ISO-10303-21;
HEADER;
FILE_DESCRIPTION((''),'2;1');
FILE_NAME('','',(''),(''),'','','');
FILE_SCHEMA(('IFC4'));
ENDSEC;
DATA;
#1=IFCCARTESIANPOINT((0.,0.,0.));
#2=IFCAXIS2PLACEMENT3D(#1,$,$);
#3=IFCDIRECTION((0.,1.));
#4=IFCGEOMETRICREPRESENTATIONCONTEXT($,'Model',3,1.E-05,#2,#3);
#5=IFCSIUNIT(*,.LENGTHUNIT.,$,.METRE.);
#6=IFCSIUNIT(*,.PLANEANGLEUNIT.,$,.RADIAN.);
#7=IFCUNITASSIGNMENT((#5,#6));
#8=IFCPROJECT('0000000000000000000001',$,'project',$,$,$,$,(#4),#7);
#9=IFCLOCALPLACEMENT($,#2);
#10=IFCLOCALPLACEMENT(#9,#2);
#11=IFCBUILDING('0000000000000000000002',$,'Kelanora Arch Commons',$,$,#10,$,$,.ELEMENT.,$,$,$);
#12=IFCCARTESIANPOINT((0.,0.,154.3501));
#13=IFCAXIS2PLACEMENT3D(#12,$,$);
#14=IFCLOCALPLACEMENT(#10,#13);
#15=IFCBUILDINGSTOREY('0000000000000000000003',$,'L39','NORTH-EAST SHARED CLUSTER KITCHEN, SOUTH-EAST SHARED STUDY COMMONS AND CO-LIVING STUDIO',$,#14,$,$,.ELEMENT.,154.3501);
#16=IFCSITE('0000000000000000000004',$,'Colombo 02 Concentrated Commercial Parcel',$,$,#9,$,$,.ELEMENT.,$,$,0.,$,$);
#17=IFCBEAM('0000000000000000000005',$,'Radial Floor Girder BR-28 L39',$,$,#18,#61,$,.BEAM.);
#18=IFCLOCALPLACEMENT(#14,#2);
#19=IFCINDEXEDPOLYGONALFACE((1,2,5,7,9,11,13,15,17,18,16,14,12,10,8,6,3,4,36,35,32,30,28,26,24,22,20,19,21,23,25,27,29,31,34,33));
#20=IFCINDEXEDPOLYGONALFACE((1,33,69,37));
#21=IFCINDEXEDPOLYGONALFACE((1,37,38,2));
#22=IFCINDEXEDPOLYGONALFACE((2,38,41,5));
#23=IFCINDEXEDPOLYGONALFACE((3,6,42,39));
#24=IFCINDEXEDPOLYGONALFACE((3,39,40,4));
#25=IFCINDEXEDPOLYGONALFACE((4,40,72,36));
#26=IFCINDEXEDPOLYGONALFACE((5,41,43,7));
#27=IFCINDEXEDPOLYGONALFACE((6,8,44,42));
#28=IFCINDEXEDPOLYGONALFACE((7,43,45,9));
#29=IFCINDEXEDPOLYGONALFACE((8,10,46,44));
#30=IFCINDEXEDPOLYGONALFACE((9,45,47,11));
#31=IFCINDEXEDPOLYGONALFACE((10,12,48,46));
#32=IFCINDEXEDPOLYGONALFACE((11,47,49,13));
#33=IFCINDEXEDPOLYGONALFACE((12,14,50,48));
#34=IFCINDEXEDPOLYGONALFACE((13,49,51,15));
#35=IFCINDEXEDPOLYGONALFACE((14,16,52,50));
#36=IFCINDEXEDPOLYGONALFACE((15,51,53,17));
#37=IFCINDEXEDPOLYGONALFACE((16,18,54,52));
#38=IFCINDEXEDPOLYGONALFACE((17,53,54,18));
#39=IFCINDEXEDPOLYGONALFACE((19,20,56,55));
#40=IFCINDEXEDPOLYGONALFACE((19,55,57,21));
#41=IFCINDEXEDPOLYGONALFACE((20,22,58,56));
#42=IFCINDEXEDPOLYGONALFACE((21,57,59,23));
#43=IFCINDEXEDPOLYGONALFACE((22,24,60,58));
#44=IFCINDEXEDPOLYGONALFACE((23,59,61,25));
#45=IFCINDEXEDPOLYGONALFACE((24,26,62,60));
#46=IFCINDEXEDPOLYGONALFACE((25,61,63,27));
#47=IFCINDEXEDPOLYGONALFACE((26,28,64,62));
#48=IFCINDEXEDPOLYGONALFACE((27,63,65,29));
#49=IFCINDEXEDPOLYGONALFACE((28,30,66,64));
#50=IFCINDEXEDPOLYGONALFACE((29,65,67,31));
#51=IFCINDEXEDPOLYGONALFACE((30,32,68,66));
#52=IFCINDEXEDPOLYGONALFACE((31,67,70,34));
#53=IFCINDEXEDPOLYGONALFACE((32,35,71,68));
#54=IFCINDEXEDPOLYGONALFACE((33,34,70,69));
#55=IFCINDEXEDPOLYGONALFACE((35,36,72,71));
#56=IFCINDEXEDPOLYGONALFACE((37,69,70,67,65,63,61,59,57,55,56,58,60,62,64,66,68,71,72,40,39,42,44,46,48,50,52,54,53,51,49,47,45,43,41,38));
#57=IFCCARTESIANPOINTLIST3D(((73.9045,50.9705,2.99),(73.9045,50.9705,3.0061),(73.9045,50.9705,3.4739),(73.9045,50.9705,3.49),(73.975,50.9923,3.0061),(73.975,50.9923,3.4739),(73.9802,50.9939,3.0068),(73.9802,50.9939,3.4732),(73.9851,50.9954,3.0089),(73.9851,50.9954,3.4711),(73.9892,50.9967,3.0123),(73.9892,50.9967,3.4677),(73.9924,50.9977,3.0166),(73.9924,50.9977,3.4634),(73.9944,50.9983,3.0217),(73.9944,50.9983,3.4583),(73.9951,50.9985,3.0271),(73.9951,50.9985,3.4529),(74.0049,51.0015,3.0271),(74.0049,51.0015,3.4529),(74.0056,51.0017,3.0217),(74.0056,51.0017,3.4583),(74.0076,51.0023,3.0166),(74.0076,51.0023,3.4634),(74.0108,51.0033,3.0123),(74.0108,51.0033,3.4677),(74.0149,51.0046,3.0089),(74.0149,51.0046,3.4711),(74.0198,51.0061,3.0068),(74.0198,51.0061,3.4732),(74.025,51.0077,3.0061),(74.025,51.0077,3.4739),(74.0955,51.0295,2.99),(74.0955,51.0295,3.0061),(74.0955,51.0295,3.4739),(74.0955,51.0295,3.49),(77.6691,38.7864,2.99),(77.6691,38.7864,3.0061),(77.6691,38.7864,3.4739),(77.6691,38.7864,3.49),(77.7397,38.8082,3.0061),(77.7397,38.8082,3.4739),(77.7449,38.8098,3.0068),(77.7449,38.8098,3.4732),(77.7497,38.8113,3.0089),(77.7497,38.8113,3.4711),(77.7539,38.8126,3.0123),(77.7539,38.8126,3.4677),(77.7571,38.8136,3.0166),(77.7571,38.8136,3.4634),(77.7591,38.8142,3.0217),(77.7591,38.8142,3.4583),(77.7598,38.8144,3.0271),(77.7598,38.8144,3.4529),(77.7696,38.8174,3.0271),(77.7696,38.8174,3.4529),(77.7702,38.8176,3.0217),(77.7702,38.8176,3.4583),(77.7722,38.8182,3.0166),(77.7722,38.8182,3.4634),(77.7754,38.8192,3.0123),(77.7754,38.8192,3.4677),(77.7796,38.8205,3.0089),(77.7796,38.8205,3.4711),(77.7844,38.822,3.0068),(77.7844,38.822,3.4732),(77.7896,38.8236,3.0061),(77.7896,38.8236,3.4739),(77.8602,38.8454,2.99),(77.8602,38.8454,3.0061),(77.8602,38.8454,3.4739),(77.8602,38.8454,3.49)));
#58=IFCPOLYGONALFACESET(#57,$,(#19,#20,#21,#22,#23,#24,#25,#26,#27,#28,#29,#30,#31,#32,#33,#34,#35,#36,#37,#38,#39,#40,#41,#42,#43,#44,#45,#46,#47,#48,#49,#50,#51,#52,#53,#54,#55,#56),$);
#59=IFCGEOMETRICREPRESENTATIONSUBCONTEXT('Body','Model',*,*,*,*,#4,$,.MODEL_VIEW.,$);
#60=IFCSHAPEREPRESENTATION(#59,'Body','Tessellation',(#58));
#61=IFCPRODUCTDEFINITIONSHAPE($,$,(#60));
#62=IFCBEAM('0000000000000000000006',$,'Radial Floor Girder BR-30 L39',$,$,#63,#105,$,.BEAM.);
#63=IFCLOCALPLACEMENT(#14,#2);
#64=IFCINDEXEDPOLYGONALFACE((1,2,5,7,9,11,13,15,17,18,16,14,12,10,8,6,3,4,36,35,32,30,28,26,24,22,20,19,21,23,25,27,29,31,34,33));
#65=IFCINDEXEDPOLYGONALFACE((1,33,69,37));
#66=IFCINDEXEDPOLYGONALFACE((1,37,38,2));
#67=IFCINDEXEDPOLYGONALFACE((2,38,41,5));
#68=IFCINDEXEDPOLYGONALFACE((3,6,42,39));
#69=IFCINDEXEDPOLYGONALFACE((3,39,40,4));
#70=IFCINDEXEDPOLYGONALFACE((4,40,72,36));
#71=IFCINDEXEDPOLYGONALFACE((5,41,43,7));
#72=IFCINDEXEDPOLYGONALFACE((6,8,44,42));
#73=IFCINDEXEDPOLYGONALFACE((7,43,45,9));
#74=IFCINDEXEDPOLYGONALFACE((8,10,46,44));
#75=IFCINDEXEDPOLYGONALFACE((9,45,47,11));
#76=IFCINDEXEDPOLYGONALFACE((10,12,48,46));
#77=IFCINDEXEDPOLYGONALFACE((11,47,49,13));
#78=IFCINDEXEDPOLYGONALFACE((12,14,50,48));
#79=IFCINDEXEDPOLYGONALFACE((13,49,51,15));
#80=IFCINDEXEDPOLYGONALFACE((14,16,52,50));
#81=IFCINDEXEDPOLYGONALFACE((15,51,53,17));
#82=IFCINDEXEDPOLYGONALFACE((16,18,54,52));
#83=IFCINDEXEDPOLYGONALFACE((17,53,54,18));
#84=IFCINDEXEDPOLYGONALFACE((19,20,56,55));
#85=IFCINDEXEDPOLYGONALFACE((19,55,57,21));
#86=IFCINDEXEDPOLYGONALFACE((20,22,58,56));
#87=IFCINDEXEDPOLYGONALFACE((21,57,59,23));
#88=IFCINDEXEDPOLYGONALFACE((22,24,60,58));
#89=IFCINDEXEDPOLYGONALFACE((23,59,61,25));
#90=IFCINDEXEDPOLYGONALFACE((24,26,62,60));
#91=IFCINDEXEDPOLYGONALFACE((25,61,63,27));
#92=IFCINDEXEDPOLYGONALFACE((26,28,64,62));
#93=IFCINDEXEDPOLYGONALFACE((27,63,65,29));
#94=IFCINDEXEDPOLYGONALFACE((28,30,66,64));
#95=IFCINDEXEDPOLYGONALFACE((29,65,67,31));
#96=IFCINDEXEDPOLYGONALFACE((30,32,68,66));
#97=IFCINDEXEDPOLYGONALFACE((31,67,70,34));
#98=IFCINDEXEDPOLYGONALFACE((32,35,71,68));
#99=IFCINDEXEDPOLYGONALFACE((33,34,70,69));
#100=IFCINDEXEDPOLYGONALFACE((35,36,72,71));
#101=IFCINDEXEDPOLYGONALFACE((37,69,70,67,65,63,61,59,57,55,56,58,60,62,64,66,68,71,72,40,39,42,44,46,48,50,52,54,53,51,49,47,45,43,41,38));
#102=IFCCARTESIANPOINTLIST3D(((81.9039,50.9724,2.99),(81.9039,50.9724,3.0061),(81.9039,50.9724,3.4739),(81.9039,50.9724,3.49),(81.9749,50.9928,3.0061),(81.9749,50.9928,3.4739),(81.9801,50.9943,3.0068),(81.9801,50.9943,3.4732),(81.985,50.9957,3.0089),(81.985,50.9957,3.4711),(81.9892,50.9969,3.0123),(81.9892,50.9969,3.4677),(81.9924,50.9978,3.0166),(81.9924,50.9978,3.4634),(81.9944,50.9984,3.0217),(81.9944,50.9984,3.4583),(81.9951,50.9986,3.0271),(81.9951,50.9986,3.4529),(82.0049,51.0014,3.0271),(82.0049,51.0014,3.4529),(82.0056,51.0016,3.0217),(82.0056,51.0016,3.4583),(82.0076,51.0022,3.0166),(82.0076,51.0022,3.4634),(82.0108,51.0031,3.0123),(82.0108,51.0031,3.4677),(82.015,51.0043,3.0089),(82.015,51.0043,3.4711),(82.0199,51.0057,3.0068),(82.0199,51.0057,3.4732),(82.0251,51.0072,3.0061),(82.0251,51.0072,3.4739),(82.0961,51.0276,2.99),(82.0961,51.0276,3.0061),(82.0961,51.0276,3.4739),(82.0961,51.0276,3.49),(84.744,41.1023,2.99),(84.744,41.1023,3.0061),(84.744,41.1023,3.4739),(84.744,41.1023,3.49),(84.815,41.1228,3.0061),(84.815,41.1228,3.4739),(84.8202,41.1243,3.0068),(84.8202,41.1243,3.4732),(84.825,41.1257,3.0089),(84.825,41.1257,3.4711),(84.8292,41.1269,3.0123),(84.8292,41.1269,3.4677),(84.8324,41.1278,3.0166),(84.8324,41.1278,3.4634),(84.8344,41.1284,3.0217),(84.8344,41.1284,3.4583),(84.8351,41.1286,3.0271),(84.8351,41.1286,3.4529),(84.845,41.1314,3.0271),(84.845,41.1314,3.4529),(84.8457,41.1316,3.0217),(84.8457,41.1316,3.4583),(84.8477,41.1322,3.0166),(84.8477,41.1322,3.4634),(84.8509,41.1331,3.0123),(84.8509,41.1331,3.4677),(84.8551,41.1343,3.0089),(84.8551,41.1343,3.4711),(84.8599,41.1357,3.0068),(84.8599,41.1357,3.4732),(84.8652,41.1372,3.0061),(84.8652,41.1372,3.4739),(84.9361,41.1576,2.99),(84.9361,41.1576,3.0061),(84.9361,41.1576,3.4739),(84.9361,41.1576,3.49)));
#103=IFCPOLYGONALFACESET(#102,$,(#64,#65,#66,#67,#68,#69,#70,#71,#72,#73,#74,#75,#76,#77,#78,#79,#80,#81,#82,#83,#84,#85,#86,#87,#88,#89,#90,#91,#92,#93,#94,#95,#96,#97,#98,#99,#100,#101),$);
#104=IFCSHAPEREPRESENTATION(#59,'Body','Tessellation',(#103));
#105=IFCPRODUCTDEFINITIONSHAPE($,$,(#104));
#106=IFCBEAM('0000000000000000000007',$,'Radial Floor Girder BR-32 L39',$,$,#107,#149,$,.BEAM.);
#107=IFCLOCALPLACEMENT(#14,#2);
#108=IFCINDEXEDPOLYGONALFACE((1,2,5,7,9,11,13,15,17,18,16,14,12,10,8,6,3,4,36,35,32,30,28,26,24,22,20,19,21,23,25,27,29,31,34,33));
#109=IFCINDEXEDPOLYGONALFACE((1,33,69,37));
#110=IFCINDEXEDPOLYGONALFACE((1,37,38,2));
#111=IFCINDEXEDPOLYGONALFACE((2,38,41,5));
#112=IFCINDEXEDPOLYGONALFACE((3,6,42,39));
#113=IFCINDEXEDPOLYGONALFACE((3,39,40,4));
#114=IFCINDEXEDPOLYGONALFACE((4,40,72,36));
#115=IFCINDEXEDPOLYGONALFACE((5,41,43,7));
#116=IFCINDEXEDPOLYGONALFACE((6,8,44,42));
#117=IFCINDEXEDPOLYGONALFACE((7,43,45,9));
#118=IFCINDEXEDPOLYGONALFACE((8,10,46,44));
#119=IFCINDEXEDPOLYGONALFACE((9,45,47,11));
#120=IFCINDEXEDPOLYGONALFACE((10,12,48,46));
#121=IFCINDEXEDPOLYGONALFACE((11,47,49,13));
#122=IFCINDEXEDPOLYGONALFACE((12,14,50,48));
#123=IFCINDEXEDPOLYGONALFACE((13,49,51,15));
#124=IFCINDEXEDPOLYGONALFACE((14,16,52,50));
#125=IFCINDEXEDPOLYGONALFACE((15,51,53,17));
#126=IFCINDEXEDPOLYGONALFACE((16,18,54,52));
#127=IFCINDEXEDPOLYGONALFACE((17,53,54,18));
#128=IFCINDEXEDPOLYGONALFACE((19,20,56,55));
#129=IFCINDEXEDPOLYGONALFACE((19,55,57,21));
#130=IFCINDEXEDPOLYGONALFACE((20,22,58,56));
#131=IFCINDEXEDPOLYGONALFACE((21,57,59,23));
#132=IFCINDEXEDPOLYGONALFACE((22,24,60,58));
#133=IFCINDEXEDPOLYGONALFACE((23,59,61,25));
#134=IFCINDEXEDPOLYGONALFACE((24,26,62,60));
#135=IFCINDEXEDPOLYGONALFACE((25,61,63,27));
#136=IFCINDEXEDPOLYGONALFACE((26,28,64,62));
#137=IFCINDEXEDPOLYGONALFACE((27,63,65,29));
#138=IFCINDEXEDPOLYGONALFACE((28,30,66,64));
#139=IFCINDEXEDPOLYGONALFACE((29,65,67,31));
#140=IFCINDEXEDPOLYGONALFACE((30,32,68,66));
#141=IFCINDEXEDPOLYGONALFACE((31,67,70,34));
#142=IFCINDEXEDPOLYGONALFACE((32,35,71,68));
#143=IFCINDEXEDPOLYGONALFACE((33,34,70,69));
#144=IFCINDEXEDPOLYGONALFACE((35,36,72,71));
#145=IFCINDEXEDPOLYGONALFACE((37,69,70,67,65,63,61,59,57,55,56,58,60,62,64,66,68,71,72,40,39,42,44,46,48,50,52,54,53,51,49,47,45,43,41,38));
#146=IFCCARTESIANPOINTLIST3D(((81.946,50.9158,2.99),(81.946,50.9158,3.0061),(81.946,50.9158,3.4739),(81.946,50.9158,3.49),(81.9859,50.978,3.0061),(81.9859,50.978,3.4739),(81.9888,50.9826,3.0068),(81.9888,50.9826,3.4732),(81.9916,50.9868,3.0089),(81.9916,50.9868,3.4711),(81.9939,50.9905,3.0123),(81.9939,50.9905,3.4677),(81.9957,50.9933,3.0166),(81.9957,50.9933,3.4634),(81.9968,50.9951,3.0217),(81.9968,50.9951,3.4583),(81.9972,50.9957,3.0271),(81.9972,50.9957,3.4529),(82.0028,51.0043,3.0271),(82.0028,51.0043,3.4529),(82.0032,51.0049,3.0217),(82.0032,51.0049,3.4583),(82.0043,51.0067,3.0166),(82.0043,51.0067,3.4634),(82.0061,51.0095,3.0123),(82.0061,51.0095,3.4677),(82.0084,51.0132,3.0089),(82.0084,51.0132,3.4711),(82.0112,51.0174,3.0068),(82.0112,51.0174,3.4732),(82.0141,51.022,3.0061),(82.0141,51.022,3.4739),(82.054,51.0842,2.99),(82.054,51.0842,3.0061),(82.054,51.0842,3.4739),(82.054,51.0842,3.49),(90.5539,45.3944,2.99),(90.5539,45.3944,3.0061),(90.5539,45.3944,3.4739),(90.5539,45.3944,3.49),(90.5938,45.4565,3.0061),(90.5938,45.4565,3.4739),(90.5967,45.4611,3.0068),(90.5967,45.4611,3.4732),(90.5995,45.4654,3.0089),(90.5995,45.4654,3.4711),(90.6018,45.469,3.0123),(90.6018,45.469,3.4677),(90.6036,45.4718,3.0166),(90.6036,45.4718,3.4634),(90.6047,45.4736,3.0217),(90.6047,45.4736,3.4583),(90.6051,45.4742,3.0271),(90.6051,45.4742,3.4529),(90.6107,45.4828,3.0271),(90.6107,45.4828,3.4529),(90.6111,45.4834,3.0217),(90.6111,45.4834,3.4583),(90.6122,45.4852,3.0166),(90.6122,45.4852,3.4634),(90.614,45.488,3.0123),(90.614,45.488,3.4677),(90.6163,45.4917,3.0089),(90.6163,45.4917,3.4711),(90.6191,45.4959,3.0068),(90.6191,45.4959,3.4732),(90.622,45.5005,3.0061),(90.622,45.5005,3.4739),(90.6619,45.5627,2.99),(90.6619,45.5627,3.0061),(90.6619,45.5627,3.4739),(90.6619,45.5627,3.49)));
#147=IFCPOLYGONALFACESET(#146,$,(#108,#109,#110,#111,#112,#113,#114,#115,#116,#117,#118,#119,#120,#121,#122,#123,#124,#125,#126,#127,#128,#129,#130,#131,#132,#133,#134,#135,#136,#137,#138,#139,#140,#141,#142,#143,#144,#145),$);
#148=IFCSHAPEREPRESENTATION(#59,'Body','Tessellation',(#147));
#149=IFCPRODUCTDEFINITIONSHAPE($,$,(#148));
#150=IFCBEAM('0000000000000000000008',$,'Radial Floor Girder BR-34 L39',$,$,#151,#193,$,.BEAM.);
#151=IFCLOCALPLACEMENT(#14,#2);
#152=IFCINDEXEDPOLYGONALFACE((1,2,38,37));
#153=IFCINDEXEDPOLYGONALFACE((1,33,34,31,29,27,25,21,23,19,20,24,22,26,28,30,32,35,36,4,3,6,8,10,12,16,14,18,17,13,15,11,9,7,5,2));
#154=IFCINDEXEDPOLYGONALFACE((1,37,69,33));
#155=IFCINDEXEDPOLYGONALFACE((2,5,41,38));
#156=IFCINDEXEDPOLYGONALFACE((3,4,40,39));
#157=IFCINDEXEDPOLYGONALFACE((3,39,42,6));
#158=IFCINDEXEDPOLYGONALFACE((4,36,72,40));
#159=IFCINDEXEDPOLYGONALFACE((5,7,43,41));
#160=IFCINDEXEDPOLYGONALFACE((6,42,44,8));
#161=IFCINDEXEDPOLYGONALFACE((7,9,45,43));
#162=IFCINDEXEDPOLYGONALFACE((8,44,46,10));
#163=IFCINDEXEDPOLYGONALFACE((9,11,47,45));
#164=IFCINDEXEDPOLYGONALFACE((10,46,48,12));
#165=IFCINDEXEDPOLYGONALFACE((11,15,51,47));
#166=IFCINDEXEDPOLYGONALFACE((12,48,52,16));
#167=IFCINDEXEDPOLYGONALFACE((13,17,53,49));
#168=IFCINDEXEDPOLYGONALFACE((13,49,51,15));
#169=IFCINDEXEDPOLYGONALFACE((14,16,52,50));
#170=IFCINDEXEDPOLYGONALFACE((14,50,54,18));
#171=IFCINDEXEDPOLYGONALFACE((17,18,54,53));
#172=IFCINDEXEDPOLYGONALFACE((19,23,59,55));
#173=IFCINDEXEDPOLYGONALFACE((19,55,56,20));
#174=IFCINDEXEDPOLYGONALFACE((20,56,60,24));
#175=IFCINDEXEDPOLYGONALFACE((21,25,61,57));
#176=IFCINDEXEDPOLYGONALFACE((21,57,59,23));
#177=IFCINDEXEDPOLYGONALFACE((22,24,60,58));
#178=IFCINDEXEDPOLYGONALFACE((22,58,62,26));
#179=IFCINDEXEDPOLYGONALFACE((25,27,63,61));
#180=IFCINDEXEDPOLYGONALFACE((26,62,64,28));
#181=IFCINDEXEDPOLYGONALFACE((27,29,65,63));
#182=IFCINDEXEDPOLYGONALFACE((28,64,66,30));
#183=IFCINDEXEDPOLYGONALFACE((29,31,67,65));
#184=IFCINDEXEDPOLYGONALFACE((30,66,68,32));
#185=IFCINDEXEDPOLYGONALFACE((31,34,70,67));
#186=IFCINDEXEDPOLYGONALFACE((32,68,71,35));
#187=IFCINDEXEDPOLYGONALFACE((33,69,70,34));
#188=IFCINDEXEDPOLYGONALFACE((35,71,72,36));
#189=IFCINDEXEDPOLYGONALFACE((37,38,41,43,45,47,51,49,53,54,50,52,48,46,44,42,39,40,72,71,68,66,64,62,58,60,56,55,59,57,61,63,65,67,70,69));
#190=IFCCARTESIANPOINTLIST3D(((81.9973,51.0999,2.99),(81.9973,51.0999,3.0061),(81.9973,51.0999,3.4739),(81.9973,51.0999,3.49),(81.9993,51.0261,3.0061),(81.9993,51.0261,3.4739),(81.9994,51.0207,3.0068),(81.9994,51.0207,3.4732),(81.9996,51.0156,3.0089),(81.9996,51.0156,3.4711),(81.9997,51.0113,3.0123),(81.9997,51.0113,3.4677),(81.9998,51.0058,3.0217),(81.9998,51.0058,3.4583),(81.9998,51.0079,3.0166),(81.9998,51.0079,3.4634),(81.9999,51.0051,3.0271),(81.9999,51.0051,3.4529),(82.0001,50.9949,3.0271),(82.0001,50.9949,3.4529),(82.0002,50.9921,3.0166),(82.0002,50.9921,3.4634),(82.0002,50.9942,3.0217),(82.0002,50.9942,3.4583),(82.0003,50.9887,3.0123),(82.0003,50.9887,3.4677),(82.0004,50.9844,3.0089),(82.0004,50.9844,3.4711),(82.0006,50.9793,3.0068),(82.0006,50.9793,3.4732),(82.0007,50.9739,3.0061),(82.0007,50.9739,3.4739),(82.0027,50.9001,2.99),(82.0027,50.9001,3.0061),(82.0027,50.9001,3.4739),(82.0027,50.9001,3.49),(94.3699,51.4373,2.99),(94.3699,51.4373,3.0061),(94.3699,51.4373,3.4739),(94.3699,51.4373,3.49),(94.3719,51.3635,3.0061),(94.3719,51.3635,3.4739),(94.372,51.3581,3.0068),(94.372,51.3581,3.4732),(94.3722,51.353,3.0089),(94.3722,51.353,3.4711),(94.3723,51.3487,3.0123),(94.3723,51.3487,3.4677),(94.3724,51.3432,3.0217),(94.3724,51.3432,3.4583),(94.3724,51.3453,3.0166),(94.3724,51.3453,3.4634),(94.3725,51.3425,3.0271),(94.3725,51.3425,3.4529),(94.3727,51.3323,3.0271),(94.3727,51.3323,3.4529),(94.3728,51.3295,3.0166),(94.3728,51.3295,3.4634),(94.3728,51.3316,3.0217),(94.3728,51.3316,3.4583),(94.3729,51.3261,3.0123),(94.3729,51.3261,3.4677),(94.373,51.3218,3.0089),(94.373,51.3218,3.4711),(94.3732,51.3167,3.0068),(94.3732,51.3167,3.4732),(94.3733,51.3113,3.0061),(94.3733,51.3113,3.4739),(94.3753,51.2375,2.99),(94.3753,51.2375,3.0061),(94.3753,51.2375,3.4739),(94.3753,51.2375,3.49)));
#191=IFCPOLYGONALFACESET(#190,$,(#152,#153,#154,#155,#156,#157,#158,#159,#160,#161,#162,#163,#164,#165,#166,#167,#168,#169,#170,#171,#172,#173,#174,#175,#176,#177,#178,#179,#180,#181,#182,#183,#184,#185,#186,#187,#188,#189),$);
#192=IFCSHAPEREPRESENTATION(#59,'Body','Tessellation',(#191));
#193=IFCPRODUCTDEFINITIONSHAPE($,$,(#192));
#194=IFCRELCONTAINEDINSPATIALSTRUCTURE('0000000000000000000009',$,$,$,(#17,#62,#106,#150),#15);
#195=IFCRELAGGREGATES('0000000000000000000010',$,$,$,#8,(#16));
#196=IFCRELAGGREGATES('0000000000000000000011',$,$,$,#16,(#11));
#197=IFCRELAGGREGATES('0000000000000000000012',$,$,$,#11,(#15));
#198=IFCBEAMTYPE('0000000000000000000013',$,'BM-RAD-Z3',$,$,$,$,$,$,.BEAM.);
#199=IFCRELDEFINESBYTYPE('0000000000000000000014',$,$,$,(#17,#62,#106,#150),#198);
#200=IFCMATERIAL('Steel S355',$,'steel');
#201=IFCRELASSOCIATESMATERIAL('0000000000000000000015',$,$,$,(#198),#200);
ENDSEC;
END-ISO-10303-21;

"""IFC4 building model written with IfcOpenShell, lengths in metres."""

from ifc_helpers import new_model, si_unit, direction, frame, origin, origin_2d, place, context, subcontext, project, spatial, i_section, extrude, material, material_profile, profile_set, type_object, element, save


model = new_model("IFC4")

# Units and contexts
model_context = context("Model", 3, precision=1e-05, world=origin(), true_north=direction((0.0, 1.0)))
body_context = subcontext(model_context, "Body", "Model", "MODEL_VIEW")
ifc_project = project(units=[si_unit("LENGTHUNIT", "METRE"), si_unit("PLANEANGLEUNIT", "RADIAN")], contexts=[model_context])

# Site, building, storey
site_placement = place(None, origin())
site = spatial("IfcSite", under=ifc_project, at=site_placement, Name="Colombo 02 Concentrated Commercial Parcel", CompositionType="ELEMENT", RefElevation=0.0)
building_placement = place(site_placement, origin())
building = spatial("IfcBuilding", under=site, at=building_placement, Name="Kelanora Arch Commons", CompositionType="ELEMENT")
storey_placement = place(building_placement, frame((0.0, 0.0, 154.3501)))
storey = spatial("IfcBuildingStorey", under=building, at=storey_placement, Name="L39", Description="NORTH-EAST SHARED CLUSTER KITCHEN, SOUTH-EAST SHARED STUDY COMMONS AND CO-LIVING STUDIO", CompositionType="ELEMENT", Elevation=154.3501)

# Beams
ifc_material_1 = material(Name="Steel S355", Category="steel")
ifc_material_profile_1 = material_profile(ifc_material_1, i_section(OverallWidth=0.2, OverallDepth=0.5, WebThickness=0.0103, FlangeThickness=0.0161, FilletRadius=0.021, at=origin_2d()), Name="IPE500")
ifc_profile_set_1 = profile_set([ifc_material_profile_1], Name="Steel S355")
beam_type_1 = type_object("IfcBeamType", Name="BM-RAD-Z3", PredefinedType="BEAM", material=ifc_profile_set_1)
for number, where, z_axis, x_axis, name in (
    (1, (74.0, 51.0, 3.24), (0.29521, -0.955432, 0.0), (0.955432, 0.29521, 0.0), "Radial Floor Girder BR-28 L39"),
):
    element("IfcBeam", number, at=place(storey_placement, frame(where, z_axis=z_axis, x_axis=x_axis)), inside=storey, type_object=beam_type_1, Name=name, PredefinedType="BEAM", context=body_context, shape_type="SweptSolid", body=[
        extrude(i_section(OverallWidth=0.2, OverallDepth=0.5, WebThickness=0.0103, FlangeThickness=0.0161, FilletRadius=0.021, at=origin_2d()), origin(), (0.0, 0.0, 1.0), 12.7524),
    ])
beam_1_placement = place(storey_placement, frame((82.0, 51.0, 3.24), z_axis=(0.276526, -0.961006, 0.0), x_axis=(0.961006, 0.276526, 0.0)))
element("IfcBeam", 2, at=beam_1_placement, inside=storey, type_object=beam_type_1, Name="Radial Floor Girder BR-30 L39", PredefinedType="BEAM", context=body_context, shape_type="SweptSolid", body=[
    extrude(i_section(OverallWidth=0.2, OverallDepth=0.5, WebThickness=0.0103, FlangeThickness=0.0161, FilletRadius=0.021, at=origin_2d()), origin(), (0.0, 0.0, 1.0), 10.2705),
])
beam_2_placement = place(storey_placement, frame((82.0, 51.0, 3.24), z_axis=(0.841719, -0.539915, 0.0), x_axis=(0.539915, 0.841719, 0.0)))
element("IfcBeam", 3, at=beam_2_placement, inside=storey, type_object=beam_type_1, Name="Radial Floor Girder BR-32 L39", PredefinedType="BEAM", context=body_context, shape_type="SweptSolid", body=[
    extrude(i_section(OverallWidth=0.2, OverallDepth=0.5, WebThickness=0.0103, FlangeThickness=0.0161, FilletRadius=0.021, at=origin_2d()), origin(), (0.0, 0.0, 1.0), 10.2266),
])
beam_3_placement = place(storey_placement, frame((82.0, 51.0, 3.24), z_axis=(0.999628, 0.02726, 0.0), x_axis=(-0.02726, 0.999628, 0.0)))
element("IfcBeam", 4, at=beam_3_placement, inside=storey, type_object=beam_type_1, Name="Radial Floor Girder BR-34 L39", PredefinedType="BEAM", context=body_context, shape_type="SweptSolid", body=[
    extrude(i_section(OverallWidth=0.2, OverallDepth=0.5, WebThickness=0.0103, FlangeThickness=0.0161, FilletRadius=0.021, at=origin_2d()), origin(), (0.0, 0.0, 1.0), 12.3772),
])

save(model, "model.ifc")
